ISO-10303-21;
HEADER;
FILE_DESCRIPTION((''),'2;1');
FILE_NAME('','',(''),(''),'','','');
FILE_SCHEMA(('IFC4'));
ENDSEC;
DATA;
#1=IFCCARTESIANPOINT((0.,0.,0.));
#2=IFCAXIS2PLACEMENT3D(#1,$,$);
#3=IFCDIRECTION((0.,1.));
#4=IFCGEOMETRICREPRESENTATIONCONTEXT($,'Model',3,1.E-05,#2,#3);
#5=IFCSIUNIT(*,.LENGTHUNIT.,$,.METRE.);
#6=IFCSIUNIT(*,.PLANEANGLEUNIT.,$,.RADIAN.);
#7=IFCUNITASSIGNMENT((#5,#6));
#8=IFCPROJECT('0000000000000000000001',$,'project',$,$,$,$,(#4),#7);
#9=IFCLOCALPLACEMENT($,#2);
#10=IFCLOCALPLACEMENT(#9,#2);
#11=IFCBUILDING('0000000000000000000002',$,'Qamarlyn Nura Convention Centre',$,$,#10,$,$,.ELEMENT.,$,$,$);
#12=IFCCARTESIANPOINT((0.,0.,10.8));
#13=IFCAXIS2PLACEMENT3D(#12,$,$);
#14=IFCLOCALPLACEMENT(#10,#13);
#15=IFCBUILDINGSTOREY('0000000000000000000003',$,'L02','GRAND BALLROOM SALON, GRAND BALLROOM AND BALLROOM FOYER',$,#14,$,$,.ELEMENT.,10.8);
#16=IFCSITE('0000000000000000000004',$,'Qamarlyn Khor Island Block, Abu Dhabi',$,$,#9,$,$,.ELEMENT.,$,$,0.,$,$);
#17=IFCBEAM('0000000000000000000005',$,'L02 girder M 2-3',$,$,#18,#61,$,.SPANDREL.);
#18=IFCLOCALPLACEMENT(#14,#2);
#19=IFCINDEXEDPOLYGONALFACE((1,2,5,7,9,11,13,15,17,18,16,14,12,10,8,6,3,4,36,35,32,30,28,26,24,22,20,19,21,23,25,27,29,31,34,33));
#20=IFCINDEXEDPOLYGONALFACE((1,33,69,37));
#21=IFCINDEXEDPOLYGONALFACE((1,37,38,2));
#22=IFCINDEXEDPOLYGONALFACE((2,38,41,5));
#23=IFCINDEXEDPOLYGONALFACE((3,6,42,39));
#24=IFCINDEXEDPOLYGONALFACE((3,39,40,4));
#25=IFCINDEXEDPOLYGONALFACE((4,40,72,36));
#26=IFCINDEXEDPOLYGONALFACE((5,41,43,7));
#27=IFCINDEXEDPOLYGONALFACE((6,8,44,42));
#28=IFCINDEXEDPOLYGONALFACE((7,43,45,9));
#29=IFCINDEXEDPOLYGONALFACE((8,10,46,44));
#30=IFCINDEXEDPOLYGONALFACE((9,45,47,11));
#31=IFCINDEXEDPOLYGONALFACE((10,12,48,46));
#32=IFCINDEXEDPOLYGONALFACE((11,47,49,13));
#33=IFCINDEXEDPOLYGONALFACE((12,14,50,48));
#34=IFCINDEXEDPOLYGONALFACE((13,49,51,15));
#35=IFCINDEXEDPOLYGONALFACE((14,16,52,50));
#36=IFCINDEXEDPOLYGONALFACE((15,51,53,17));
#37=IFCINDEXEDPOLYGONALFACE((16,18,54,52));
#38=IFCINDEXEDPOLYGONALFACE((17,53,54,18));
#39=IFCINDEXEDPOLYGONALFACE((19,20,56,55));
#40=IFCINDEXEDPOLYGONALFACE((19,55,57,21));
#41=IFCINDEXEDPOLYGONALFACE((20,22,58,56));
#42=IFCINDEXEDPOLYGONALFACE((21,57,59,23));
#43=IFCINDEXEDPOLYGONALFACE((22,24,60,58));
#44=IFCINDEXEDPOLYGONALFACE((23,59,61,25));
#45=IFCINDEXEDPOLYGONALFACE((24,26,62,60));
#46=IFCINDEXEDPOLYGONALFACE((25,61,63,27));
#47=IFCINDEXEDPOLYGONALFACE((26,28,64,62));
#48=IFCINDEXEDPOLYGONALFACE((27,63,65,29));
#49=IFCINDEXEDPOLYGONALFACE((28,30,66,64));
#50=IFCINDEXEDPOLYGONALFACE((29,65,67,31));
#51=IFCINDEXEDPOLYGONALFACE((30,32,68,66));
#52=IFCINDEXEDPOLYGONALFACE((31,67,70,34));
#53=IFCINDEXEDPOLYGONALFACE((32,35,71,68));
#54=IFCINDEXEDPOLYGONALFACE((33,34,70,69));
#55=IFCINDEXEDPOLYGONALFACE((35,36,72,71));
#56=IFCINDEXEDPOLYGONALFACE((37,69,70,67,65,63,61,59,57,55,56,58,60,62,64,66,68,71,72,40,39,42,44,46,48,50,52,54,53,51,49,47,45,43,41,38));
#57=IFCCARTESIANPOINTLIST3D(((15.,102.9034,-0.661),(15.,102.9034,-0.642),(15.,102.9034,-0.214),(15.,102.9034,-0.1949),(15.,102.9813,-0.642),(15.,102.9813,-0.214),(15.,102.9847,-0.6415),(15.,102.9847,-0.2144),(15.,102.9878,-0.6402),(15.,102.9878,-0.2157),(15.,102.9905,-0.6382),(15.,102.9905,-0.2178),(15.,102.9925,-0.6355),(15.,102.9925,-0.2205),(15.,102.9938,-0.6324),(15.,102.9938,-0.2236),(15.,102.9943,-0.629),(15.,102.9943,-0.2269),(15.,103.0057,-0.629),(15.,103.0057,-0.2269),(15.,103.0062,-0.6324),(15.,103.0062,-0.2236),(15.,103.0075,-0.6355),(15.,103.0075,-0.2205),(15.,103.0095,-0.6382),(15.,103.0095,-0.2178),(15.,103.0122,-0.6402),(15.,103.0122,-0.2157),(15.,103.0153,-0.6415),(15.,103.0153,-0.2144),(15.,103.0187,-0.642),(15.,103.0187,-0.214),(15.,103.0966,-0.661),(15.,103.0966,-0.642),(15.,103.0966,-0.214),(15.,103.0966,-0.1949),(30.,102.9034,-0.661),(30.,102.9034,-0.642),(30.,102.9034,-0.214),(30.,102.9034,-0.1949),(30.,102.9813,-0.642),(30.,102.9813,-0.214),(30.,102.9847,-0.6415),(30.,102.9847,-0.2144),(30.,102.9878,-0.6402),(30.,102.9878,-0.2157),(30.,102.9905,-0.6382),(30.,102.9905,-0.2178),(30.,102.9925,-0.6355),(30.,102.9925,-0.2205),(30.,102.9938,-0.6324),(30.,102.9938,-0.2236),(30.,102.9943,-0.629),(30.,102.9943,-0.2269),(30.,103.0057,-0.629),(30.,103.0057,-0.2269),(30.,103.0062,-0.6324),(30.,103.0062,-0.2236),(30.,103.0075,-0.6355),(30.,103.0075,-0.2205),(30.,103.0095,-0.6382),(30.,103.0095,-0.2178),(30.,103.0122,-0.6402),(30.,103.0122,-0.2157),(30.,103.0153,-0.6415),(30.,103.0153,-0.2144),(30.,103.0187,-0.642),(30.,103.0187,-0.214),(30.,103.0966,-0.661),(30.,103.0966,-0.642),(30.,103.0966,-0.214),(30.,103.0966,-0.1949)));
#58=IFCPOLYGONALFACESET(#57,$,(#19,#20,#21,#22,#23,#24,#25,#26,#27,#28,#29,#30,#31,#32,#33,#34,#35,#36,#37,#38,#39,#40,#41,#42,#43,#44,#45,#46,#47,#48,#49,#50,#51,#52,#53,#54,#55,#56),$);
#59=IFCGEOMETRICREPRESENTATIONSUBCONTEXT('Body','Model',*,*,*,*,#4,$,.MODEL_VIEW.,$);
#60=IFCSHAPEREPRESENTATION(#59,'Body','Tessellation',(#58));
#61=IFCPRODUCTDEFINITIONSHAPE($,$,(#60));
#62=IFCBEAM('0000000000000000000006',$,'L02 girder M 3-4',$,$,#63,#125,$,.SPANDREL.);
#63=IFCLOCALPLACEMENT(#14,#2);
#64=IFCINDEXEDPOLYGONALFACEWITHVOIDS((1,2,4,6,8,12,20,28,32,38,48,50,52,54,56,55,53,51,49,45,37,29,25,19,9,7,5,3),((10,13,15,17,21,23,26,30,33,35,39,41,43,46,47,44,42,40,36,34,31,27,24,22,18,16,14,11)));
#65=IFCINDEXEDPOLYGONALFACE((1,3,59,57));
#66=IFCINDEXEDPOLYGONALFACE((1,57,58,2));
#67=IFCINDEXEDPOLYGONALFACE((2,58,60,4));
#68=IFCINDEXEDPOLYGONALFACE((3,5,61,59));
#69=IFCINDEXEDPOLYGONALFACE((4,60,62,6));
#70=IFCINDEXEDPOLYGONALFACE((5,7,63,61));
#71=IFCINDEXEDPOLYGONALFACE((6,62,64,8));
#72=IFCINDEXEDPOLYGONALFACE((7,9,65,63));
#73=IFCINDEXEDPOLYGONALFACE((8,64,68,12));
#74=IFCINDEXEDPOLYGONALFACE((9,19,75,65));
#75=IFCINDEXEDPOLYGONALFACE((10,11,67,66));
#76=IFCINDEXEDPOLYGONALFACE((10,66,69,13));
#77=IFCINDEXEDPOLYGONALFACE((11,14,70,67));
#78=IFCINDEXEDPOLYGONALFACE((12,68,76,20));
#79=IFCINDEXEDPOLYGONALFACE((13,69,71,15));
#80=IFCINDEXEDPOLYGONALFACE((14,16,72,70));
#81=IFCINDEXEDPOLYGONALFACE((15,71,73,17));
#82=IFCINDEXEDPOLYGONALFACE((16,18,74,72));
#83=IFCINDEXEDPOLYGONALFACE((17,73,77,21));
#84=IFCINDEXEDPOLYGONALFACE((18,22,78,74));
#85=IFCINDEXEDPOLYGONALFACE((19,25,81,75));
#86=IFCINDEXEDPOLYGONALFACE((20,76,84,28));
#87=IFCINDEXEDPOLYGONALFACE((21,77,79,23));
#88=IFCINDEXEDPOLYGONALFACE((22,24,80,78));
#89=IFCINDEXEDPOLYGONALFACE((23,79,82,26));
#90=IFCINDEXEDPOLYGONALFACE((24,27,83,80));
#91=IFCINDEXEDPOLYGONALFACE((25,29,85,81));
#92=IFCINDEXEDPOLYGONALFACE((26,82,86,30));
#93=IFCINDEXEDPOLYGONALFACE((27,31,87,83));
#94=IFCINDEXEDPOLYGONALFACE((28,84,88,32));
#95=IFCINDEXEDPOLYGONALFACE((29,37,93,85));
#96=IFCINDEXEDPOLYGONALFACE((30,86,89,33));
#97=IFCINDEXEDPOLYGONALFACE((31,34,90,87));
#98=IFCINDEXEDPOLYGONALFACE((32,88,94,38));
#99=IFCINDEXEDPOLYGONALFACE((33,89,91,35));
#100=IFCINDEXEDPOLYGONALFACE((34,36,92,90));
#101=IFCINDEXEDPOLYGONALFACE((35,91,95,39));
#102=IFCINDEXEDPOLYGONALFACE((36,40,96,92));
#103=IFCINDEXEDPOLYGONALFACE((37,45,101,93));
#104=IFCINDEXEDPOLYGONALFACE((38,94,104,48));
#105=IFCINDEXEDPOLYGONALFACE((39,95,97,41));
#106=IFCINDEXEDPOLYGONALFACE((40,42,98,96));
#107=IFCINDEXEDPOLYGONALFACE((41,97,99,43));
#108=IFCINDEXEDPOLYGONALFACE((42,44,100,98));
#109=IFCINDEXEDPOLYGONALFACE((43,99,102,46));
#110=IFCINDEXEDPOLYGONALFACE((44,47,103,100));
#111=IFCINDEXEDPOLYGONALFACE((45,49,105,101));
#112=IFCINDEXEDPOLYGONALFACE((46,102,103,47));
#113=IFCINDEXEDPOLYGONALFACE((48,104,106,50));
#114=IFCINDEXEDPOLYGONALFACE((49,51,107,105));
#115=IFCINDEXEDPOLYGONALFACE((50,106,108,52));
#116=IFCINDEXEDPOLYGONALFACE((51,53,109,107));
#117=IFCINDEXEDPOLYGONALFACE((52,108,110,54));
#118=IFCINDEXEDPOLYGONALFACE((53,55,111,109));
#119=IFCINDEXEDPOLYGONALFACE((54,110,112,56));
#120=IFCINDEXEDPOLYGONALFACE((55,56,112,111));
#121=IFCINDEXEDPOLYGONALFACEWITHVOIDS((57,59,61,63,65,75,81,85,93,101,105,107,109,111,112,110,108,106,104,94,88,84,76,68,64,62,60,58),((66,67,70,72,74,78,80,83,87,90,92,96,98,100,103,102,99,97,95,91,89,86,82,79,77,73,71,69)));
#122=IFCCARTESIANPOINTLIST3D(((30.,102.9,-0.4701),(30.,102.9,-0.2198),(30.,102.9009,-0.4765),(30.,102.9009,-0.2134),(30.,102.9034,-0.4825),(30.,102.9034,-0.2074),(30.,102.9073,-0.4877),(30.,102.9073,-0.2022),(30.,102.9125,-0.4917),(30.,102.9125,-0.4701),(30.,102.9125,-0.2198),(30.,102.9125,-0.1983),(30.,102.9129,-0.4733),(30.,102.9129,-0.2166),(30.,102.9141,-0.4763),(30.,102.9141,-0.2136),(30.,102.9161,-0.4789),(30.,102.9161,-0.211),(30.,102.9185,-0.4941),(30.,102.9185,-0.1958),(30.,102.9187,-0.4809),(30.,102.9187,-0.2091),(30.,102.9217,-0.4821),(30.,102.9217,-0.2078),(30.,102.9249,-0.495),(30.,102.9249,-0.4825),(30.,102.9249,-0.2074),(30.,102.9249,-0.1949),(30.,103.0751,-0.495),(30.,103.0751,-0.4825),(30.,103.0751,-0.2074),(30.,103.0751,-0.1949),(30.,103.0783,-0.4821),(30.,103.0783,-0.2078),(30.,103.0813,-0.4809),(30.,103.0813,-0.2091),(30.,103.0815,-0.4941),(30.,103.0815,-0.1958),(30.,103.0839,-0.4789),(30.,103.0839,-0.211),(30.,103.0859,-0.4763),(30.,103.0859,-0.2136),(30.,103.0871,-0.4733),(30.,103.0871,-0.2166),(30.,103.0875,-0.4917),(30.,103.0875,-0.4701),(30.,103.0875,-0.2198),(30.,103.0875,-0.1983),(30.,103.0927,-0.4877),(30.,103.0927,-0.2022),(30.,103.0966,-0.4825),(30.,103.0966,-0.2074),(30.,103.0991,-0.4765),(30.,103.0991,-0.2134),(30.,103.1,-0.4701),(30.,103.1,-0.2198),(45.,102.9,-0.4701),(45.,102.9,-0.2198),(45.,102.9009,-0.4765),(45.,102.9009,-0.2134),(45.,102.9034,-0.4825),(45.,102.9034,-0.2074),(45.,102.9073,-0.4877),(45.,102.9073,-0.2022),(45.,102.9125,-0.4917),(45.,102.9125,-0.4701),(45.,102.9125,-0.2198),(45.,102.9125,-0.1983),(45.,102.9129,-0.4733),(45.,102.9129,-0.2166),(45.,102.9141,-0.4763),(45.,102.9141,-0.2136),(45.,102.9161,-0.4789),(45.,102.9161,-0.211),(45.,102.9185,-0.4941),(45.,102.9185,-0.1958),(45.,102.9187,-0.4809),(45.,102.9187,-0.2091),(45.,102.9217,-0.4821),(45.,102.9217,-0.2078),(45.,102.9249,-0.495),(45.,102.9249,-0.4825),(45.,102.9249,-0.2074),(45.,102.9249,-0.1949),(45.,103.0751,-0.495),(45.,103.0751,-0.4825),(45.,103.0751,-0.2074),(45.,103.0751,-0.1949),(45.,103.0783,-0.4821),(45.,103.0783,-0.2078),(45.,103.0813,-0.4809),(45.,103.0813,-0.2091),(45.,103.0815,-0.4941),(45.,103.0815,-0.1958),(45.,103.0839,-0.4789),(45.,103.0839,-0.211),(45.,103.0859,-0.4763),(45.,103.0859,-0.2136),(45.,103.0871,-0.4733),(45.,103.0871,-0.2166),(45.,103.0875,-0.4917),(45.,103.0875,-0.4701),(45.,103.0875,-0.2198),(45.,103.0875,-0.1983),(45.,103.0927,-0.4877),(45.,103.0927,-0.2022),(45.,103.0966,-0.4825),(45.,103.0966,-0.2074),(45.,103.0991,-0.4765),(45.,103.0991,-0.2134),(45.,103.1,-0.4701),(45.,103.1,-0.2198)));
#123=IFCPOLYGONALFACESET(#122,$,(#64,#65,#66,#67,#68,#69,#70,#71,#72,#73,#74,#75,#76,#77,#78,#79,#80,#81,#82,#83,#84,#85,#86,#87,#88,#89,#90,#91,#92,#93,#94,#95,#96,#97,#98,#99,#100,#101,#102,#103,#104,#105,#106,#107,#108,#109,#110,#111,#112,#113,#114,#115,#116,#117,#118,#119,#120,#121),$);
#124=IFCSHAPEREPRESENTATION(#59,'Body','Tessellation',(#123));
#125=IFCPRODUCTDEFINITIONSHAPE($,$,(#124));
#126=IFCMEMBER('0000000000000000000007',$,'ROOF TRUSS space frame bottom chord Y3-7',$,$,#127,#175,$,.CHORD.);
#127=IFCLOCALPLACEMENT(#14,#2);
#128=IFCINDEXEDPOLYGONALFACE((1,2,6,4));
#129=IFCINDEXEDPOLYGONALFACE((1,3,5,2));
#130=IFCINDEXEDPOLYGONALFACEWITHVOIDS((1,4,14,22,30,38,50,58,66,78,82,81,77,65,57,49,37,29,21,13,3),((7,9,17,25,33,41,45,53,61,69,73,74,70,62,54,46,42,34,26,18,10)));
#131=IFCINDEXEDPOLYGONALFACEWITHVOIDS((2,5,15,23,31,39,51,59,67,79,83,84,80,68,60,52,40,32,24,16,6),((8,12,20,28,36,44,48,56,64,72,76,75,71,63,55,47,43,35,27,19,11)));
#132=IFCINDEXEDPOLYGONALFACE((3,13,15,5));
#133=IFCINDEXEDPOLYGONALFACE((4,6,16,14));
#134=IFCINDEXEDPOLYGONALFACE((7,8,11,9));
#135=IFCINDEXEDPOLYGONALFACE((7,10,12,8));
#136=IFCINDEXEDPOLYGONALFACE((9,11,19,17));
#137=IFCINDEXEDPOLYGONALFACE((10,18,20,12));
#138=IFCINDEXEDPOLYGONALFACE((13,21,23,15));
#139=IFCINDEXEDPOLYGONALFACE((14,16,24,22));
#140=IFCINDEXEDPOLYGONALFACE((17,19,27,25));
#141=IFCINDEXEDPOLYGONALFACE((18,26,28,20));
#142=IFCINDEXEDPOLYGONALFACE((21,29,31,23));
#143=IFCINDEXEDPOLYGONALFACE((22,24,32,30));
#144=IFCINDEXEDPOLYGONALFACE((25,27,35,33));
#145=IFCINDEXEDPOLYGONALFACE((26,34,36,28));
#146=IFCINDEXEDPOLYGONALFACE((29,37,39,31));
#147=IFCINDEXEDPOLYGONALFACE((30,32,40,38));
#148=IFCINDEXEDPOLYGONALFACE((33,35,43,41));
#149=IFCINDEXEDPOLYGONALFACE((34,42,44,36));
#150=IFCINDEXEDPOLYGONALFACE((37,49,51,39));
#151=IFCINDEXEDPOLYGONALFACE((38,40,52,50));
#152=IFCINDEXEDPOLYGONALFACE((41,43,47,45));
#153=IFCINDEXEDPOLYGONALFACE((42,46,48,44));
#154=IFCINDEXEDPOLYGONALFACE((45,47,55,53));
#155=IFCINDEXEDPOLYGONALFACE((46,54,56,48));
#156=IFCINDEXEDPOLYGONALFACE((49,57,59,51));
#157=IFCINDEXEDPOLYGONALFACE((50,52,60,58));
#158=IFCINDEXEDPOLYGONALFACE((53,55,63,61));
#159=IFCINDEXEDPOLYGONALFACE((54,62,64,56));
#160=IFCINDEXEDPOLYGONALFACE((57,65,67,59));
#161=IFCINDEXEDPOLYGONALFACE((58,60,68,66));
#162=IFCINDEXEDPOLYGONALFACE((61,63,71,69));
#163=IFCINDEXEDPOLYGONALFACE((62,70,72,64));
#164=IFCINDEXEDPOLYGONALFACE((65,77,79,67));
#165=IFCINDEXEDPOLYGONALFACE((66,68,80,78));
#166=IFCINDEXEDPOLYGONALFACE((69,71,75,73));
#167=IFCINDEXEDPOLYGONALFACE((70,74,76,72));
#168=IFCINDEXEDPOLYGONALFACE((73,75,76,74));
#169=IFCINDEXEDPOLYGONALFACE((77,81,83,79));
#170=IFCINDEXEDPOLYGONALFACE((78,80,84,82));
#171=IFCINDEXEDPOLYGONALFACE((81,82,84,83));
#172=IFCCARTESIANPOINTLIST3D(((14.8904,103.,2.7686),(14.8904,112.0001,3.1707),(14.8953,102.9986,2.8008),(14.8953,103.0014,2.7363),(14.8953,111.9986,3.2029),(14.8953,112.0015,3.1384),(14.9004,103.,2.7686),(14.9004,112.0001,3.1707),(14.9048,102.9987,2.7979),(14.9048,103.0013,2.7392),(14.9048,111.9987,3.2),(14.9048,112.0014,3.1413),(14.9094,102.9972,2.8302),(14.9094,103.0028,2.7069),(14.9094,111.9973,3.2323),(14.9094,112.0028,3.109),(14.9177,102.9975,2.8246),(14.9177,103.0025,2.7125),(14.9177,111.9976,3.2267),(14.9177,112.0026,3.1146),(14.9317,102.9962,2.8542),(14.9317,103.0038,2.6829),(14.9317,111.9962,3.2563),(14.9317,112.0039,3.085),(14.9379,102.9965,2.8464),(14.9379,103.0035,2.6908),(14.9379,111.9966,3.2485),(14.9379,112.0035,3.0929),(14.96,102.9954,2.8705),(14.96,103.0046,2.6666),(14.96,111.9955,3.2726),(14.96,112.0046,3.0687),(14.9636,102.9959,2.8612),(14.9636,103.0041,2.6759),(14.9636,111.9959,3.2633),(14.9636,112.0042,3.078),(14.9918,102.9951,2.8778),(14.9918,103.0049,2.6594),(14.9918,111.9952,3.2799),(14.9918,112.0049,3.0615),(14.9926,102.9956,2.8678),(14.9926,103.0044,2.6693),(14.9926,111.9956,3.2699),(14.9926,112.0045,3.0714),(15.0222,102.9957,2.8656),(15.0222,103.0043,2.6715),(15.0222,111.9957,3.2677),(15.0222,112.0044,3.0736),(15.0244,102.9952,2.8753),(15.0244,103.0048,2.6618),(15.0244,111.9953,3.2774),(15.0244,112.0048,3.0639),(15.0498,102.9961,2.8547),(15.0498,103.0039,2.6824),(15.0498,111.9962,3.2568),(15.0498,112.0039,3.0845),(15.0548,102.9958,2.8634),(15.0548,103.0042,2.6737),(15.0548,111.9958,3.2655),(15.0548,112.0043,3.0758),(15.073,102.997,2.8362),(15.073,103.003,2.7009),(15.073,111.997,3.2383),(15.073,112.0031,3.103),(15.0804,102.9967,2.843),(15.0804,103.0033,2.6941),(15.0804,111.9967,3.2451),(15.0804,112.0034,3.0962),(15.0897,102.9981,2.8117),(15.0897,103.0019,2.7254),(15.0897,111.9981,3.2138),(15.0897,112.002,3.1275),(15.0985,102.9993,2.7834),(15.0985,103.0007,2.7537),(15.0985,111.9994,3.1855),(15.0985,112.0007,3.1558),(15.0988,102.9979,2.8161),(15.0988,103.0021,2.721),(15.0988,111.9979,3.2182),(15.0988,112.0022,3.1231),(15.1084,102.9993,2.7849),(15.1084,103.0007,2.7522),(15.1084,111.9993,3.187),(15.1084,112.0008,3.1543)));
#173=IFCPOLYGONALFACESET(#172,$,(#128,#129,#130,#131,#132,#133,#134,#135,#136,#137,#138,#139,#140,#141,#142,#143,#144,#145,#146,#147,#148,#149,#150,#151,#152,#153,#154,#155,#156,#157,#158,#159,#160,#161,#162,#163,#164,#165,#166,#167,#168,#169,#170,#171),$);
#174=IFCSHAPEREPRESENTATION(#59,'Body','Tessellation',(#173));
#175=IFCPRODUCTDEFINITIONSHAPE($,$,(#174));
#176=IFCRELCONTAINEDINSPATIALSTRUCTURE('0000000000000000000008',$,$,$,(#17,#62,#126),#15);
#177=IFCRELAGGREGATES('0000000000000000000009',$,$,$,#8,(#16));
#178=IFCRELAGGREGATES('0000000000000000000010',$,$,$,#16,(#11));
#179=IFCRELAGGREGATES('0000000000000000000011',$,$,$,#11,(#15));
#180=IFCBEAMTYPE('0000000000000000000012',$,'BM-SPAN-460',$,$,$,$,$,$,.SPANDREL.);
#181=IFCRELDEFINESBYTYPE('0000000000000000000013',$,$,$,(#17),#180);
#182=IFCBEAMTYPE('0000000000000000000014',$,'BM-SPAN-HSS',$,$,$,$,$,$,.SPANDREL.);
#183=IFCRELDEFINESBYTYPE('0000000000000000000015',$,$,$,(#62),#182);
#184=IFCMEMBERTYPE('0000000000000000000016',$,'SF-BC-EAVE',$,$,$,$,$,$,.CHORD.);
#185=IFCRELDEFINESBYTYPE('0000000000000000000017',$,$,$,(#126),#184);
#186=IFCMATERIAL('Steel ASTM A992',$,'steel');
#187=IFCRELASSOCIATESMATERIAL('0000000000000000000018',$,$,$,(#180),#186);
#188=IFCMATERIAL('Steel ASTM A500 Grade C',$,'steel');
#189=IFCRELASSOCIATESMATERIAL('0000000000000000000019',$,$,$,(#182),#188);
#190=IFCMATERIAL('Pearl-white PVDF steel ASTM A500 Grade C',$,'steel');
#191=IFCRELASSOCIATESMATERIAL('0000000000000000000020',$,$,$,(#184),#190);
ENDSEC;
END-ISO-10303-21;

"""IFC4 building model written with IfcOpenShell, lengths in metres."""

from ifc_helpers import new_model, si_unit, direction, frame, origin, origin_2d, place, context, subcontext, project, spatial, hollow_rectangle, hollow_circle, i_section, extrude, material, material_profile, profile_set, type_object, element, save


model = new_model("IFC4")

# Units and contexts
model_context = context("Model", 3, precision=1e-05, world=origin(), true_north=direction((0.0, 1.0)))
body_context = subcontext(model_context, "Body", "Model", "MODEL_VIEW")
ifc_project = project(units=[si_unit("LENGTHUNIT", "METRE"), si_unit("PLANEANGLEUNIT", "RADIAN")], contexts=[model_context])

# Site, building, storey
site_placement = place(None, origin())
site = spatial("IfcSite", under=ifc_project, at=site_placement, Name="Qamarlyn Khor Island Block, Abu Dhabi", CompositionType="ELEMENT", RefElevation=0.0)
building_placement = place(site_placement, origin())
building = spatial("IfcBuilding", under=site, at=building_placement, Name="Qamarlyn Nura Convention Centre", CompositionType="ELEMENT")
storey_placement = place(building_placement, frame((0.0, 0.0, 10.8)))
storey = spatial("IfcBuildingStorey", under=building, at=storey_placement, Name="L02", Description="GRAND BALLROOM SALON, GRAND BALLROOM AND BALLROOM FOYER", CompositionType="ELEMENT", Elevation=10.8)

# Shared definitions
ifc_material_1 = material(Name="Pearl-white PVDF steel ASTM A500 Grade C", Category="steel")

# Beams
ifc_material_2 = material(Name="Steel ASTM A992", Category="steel")
ifc_material_profile_1 = material_profile(ifc_material_2, i_section(OverallWidth=0.1931, OverallDepth=0.4661, WebThickness=0.0115, FlangeThickness=0.019, FilletRadius=0.0129, at=origin_2d()), Name="W460X97")
ifc_profile_set_1 = profile_set([ifc_material_profile_1], Name="Steel ASTM A992")
beam_type_1 = type_object("IfcBeamType", Name="BM-SPAN-460", PredefinedType="SPANDREL", material=ifc_profile_set_1)
beam_1_placement = place(storey_placement, frame((15.0, 103.0, -0.428), z_axis=(1.0, 0.0, 0.0), x_axis=(0.0, 1.0, 0.0)))
element("IfcBeam", 1, at=beam_1_placement, inside=storey, type_object=beam_type_1, Name="L02 girder M 2-3", PredefinedType="SPANDREL", context=body_context, shape_type="SweptSolid", body=[
    extrude(i_section(OverallWidth=0.1931, OverallDepth=0.4661, WebThickness=0.0115, FlangeThickness=0.019, FilletRadius=0.0129, at=origin_2d()), origin(), (0.0, 0.0, 1.0), 15.0),
])
ifc_material_3 = material(Name="Steel ASTM A500 Grade C", Category="steel")
ifc_material_profile_2 = material_profile(ifc_material_3, hollow_rectangle(XDim=0.2, YDim=0.3, WallThickness=0.0125, InnerFilletRadius=0.0125, OuterFilletRadius=0.0249, at=origin_2d()), Name="HSS300X200X12.5")
ifc_profile_set_2 = profile_set([ifc_material_profile_2], Name="Steel ASTM A500 Grade C")
beam_type_2 = type_object("IfcBeamType", Name="BM-SPAN-HSS", PredefinedType="SPANDREL", material=ifc_profile_set_2)
beam_2_placement = place(storey_placement, frame((30.0, 103.0, -0.345), z_axis=(1.0, 0.0, 0.0), x_axis=(0.0, 1.0, 0.0)))
element("IfcBeam", 2, at=beam_2_placement, inside=storey, type_object=beam_type_2, Name="L02 girder M 3-4", PredefinedType="SPANDREL", context=body_context, shape_type="SweptSolid", body=[
    extrude(hollow_rectangle(XDim=0.2, YDim=0.3, WallThickness=0.0125, InnerFilletRadius=0.0125, OuterFilletRadius=0.0249, at=origin_2d()), origin(), (0.0, 0.0, 1.0), 15.0),
])

# Member
ifc_material_profile_3 = material_profile(ifc_material_1, hollow_circle(Radius=0.1096, WallThickness=0.01, at=origin_2d()), Name="CHS219.1X10")
ifc_profile_set_3 = profile_set([ifc_material_profile_3], Name="Pearl-white PVDF steel ASTM A500 Grade C")
member_type_1 = type_object("IfcMemberType", Name="SF-BC-EAVE", PredefinedType="CHORD", material=ifc_profile_set_3)
member_1_placement = place(storey_placement, frame((15.0, 103.0, 2.7686), z_axis=(0.0, 0.999003, 0.044633), x_axis=(-1.0, 0.0, 0.0)))
element("IfcMember", 3, at=member_1_placement, inside=storey, type_object=member_type_1, Name="ROOF TRUSS space frame bottom chord Y3-7", PredefinedType="CHORD", context=body_context, shape_type="SweptSolid", body=[
    extrude(hollow_circle(Radius=0.1096, WallThickness=0.01, at=origin_2d()), origin(), (0.0, 0.0, 1.0), 9.009),
])

save(model, "model.ifc")
